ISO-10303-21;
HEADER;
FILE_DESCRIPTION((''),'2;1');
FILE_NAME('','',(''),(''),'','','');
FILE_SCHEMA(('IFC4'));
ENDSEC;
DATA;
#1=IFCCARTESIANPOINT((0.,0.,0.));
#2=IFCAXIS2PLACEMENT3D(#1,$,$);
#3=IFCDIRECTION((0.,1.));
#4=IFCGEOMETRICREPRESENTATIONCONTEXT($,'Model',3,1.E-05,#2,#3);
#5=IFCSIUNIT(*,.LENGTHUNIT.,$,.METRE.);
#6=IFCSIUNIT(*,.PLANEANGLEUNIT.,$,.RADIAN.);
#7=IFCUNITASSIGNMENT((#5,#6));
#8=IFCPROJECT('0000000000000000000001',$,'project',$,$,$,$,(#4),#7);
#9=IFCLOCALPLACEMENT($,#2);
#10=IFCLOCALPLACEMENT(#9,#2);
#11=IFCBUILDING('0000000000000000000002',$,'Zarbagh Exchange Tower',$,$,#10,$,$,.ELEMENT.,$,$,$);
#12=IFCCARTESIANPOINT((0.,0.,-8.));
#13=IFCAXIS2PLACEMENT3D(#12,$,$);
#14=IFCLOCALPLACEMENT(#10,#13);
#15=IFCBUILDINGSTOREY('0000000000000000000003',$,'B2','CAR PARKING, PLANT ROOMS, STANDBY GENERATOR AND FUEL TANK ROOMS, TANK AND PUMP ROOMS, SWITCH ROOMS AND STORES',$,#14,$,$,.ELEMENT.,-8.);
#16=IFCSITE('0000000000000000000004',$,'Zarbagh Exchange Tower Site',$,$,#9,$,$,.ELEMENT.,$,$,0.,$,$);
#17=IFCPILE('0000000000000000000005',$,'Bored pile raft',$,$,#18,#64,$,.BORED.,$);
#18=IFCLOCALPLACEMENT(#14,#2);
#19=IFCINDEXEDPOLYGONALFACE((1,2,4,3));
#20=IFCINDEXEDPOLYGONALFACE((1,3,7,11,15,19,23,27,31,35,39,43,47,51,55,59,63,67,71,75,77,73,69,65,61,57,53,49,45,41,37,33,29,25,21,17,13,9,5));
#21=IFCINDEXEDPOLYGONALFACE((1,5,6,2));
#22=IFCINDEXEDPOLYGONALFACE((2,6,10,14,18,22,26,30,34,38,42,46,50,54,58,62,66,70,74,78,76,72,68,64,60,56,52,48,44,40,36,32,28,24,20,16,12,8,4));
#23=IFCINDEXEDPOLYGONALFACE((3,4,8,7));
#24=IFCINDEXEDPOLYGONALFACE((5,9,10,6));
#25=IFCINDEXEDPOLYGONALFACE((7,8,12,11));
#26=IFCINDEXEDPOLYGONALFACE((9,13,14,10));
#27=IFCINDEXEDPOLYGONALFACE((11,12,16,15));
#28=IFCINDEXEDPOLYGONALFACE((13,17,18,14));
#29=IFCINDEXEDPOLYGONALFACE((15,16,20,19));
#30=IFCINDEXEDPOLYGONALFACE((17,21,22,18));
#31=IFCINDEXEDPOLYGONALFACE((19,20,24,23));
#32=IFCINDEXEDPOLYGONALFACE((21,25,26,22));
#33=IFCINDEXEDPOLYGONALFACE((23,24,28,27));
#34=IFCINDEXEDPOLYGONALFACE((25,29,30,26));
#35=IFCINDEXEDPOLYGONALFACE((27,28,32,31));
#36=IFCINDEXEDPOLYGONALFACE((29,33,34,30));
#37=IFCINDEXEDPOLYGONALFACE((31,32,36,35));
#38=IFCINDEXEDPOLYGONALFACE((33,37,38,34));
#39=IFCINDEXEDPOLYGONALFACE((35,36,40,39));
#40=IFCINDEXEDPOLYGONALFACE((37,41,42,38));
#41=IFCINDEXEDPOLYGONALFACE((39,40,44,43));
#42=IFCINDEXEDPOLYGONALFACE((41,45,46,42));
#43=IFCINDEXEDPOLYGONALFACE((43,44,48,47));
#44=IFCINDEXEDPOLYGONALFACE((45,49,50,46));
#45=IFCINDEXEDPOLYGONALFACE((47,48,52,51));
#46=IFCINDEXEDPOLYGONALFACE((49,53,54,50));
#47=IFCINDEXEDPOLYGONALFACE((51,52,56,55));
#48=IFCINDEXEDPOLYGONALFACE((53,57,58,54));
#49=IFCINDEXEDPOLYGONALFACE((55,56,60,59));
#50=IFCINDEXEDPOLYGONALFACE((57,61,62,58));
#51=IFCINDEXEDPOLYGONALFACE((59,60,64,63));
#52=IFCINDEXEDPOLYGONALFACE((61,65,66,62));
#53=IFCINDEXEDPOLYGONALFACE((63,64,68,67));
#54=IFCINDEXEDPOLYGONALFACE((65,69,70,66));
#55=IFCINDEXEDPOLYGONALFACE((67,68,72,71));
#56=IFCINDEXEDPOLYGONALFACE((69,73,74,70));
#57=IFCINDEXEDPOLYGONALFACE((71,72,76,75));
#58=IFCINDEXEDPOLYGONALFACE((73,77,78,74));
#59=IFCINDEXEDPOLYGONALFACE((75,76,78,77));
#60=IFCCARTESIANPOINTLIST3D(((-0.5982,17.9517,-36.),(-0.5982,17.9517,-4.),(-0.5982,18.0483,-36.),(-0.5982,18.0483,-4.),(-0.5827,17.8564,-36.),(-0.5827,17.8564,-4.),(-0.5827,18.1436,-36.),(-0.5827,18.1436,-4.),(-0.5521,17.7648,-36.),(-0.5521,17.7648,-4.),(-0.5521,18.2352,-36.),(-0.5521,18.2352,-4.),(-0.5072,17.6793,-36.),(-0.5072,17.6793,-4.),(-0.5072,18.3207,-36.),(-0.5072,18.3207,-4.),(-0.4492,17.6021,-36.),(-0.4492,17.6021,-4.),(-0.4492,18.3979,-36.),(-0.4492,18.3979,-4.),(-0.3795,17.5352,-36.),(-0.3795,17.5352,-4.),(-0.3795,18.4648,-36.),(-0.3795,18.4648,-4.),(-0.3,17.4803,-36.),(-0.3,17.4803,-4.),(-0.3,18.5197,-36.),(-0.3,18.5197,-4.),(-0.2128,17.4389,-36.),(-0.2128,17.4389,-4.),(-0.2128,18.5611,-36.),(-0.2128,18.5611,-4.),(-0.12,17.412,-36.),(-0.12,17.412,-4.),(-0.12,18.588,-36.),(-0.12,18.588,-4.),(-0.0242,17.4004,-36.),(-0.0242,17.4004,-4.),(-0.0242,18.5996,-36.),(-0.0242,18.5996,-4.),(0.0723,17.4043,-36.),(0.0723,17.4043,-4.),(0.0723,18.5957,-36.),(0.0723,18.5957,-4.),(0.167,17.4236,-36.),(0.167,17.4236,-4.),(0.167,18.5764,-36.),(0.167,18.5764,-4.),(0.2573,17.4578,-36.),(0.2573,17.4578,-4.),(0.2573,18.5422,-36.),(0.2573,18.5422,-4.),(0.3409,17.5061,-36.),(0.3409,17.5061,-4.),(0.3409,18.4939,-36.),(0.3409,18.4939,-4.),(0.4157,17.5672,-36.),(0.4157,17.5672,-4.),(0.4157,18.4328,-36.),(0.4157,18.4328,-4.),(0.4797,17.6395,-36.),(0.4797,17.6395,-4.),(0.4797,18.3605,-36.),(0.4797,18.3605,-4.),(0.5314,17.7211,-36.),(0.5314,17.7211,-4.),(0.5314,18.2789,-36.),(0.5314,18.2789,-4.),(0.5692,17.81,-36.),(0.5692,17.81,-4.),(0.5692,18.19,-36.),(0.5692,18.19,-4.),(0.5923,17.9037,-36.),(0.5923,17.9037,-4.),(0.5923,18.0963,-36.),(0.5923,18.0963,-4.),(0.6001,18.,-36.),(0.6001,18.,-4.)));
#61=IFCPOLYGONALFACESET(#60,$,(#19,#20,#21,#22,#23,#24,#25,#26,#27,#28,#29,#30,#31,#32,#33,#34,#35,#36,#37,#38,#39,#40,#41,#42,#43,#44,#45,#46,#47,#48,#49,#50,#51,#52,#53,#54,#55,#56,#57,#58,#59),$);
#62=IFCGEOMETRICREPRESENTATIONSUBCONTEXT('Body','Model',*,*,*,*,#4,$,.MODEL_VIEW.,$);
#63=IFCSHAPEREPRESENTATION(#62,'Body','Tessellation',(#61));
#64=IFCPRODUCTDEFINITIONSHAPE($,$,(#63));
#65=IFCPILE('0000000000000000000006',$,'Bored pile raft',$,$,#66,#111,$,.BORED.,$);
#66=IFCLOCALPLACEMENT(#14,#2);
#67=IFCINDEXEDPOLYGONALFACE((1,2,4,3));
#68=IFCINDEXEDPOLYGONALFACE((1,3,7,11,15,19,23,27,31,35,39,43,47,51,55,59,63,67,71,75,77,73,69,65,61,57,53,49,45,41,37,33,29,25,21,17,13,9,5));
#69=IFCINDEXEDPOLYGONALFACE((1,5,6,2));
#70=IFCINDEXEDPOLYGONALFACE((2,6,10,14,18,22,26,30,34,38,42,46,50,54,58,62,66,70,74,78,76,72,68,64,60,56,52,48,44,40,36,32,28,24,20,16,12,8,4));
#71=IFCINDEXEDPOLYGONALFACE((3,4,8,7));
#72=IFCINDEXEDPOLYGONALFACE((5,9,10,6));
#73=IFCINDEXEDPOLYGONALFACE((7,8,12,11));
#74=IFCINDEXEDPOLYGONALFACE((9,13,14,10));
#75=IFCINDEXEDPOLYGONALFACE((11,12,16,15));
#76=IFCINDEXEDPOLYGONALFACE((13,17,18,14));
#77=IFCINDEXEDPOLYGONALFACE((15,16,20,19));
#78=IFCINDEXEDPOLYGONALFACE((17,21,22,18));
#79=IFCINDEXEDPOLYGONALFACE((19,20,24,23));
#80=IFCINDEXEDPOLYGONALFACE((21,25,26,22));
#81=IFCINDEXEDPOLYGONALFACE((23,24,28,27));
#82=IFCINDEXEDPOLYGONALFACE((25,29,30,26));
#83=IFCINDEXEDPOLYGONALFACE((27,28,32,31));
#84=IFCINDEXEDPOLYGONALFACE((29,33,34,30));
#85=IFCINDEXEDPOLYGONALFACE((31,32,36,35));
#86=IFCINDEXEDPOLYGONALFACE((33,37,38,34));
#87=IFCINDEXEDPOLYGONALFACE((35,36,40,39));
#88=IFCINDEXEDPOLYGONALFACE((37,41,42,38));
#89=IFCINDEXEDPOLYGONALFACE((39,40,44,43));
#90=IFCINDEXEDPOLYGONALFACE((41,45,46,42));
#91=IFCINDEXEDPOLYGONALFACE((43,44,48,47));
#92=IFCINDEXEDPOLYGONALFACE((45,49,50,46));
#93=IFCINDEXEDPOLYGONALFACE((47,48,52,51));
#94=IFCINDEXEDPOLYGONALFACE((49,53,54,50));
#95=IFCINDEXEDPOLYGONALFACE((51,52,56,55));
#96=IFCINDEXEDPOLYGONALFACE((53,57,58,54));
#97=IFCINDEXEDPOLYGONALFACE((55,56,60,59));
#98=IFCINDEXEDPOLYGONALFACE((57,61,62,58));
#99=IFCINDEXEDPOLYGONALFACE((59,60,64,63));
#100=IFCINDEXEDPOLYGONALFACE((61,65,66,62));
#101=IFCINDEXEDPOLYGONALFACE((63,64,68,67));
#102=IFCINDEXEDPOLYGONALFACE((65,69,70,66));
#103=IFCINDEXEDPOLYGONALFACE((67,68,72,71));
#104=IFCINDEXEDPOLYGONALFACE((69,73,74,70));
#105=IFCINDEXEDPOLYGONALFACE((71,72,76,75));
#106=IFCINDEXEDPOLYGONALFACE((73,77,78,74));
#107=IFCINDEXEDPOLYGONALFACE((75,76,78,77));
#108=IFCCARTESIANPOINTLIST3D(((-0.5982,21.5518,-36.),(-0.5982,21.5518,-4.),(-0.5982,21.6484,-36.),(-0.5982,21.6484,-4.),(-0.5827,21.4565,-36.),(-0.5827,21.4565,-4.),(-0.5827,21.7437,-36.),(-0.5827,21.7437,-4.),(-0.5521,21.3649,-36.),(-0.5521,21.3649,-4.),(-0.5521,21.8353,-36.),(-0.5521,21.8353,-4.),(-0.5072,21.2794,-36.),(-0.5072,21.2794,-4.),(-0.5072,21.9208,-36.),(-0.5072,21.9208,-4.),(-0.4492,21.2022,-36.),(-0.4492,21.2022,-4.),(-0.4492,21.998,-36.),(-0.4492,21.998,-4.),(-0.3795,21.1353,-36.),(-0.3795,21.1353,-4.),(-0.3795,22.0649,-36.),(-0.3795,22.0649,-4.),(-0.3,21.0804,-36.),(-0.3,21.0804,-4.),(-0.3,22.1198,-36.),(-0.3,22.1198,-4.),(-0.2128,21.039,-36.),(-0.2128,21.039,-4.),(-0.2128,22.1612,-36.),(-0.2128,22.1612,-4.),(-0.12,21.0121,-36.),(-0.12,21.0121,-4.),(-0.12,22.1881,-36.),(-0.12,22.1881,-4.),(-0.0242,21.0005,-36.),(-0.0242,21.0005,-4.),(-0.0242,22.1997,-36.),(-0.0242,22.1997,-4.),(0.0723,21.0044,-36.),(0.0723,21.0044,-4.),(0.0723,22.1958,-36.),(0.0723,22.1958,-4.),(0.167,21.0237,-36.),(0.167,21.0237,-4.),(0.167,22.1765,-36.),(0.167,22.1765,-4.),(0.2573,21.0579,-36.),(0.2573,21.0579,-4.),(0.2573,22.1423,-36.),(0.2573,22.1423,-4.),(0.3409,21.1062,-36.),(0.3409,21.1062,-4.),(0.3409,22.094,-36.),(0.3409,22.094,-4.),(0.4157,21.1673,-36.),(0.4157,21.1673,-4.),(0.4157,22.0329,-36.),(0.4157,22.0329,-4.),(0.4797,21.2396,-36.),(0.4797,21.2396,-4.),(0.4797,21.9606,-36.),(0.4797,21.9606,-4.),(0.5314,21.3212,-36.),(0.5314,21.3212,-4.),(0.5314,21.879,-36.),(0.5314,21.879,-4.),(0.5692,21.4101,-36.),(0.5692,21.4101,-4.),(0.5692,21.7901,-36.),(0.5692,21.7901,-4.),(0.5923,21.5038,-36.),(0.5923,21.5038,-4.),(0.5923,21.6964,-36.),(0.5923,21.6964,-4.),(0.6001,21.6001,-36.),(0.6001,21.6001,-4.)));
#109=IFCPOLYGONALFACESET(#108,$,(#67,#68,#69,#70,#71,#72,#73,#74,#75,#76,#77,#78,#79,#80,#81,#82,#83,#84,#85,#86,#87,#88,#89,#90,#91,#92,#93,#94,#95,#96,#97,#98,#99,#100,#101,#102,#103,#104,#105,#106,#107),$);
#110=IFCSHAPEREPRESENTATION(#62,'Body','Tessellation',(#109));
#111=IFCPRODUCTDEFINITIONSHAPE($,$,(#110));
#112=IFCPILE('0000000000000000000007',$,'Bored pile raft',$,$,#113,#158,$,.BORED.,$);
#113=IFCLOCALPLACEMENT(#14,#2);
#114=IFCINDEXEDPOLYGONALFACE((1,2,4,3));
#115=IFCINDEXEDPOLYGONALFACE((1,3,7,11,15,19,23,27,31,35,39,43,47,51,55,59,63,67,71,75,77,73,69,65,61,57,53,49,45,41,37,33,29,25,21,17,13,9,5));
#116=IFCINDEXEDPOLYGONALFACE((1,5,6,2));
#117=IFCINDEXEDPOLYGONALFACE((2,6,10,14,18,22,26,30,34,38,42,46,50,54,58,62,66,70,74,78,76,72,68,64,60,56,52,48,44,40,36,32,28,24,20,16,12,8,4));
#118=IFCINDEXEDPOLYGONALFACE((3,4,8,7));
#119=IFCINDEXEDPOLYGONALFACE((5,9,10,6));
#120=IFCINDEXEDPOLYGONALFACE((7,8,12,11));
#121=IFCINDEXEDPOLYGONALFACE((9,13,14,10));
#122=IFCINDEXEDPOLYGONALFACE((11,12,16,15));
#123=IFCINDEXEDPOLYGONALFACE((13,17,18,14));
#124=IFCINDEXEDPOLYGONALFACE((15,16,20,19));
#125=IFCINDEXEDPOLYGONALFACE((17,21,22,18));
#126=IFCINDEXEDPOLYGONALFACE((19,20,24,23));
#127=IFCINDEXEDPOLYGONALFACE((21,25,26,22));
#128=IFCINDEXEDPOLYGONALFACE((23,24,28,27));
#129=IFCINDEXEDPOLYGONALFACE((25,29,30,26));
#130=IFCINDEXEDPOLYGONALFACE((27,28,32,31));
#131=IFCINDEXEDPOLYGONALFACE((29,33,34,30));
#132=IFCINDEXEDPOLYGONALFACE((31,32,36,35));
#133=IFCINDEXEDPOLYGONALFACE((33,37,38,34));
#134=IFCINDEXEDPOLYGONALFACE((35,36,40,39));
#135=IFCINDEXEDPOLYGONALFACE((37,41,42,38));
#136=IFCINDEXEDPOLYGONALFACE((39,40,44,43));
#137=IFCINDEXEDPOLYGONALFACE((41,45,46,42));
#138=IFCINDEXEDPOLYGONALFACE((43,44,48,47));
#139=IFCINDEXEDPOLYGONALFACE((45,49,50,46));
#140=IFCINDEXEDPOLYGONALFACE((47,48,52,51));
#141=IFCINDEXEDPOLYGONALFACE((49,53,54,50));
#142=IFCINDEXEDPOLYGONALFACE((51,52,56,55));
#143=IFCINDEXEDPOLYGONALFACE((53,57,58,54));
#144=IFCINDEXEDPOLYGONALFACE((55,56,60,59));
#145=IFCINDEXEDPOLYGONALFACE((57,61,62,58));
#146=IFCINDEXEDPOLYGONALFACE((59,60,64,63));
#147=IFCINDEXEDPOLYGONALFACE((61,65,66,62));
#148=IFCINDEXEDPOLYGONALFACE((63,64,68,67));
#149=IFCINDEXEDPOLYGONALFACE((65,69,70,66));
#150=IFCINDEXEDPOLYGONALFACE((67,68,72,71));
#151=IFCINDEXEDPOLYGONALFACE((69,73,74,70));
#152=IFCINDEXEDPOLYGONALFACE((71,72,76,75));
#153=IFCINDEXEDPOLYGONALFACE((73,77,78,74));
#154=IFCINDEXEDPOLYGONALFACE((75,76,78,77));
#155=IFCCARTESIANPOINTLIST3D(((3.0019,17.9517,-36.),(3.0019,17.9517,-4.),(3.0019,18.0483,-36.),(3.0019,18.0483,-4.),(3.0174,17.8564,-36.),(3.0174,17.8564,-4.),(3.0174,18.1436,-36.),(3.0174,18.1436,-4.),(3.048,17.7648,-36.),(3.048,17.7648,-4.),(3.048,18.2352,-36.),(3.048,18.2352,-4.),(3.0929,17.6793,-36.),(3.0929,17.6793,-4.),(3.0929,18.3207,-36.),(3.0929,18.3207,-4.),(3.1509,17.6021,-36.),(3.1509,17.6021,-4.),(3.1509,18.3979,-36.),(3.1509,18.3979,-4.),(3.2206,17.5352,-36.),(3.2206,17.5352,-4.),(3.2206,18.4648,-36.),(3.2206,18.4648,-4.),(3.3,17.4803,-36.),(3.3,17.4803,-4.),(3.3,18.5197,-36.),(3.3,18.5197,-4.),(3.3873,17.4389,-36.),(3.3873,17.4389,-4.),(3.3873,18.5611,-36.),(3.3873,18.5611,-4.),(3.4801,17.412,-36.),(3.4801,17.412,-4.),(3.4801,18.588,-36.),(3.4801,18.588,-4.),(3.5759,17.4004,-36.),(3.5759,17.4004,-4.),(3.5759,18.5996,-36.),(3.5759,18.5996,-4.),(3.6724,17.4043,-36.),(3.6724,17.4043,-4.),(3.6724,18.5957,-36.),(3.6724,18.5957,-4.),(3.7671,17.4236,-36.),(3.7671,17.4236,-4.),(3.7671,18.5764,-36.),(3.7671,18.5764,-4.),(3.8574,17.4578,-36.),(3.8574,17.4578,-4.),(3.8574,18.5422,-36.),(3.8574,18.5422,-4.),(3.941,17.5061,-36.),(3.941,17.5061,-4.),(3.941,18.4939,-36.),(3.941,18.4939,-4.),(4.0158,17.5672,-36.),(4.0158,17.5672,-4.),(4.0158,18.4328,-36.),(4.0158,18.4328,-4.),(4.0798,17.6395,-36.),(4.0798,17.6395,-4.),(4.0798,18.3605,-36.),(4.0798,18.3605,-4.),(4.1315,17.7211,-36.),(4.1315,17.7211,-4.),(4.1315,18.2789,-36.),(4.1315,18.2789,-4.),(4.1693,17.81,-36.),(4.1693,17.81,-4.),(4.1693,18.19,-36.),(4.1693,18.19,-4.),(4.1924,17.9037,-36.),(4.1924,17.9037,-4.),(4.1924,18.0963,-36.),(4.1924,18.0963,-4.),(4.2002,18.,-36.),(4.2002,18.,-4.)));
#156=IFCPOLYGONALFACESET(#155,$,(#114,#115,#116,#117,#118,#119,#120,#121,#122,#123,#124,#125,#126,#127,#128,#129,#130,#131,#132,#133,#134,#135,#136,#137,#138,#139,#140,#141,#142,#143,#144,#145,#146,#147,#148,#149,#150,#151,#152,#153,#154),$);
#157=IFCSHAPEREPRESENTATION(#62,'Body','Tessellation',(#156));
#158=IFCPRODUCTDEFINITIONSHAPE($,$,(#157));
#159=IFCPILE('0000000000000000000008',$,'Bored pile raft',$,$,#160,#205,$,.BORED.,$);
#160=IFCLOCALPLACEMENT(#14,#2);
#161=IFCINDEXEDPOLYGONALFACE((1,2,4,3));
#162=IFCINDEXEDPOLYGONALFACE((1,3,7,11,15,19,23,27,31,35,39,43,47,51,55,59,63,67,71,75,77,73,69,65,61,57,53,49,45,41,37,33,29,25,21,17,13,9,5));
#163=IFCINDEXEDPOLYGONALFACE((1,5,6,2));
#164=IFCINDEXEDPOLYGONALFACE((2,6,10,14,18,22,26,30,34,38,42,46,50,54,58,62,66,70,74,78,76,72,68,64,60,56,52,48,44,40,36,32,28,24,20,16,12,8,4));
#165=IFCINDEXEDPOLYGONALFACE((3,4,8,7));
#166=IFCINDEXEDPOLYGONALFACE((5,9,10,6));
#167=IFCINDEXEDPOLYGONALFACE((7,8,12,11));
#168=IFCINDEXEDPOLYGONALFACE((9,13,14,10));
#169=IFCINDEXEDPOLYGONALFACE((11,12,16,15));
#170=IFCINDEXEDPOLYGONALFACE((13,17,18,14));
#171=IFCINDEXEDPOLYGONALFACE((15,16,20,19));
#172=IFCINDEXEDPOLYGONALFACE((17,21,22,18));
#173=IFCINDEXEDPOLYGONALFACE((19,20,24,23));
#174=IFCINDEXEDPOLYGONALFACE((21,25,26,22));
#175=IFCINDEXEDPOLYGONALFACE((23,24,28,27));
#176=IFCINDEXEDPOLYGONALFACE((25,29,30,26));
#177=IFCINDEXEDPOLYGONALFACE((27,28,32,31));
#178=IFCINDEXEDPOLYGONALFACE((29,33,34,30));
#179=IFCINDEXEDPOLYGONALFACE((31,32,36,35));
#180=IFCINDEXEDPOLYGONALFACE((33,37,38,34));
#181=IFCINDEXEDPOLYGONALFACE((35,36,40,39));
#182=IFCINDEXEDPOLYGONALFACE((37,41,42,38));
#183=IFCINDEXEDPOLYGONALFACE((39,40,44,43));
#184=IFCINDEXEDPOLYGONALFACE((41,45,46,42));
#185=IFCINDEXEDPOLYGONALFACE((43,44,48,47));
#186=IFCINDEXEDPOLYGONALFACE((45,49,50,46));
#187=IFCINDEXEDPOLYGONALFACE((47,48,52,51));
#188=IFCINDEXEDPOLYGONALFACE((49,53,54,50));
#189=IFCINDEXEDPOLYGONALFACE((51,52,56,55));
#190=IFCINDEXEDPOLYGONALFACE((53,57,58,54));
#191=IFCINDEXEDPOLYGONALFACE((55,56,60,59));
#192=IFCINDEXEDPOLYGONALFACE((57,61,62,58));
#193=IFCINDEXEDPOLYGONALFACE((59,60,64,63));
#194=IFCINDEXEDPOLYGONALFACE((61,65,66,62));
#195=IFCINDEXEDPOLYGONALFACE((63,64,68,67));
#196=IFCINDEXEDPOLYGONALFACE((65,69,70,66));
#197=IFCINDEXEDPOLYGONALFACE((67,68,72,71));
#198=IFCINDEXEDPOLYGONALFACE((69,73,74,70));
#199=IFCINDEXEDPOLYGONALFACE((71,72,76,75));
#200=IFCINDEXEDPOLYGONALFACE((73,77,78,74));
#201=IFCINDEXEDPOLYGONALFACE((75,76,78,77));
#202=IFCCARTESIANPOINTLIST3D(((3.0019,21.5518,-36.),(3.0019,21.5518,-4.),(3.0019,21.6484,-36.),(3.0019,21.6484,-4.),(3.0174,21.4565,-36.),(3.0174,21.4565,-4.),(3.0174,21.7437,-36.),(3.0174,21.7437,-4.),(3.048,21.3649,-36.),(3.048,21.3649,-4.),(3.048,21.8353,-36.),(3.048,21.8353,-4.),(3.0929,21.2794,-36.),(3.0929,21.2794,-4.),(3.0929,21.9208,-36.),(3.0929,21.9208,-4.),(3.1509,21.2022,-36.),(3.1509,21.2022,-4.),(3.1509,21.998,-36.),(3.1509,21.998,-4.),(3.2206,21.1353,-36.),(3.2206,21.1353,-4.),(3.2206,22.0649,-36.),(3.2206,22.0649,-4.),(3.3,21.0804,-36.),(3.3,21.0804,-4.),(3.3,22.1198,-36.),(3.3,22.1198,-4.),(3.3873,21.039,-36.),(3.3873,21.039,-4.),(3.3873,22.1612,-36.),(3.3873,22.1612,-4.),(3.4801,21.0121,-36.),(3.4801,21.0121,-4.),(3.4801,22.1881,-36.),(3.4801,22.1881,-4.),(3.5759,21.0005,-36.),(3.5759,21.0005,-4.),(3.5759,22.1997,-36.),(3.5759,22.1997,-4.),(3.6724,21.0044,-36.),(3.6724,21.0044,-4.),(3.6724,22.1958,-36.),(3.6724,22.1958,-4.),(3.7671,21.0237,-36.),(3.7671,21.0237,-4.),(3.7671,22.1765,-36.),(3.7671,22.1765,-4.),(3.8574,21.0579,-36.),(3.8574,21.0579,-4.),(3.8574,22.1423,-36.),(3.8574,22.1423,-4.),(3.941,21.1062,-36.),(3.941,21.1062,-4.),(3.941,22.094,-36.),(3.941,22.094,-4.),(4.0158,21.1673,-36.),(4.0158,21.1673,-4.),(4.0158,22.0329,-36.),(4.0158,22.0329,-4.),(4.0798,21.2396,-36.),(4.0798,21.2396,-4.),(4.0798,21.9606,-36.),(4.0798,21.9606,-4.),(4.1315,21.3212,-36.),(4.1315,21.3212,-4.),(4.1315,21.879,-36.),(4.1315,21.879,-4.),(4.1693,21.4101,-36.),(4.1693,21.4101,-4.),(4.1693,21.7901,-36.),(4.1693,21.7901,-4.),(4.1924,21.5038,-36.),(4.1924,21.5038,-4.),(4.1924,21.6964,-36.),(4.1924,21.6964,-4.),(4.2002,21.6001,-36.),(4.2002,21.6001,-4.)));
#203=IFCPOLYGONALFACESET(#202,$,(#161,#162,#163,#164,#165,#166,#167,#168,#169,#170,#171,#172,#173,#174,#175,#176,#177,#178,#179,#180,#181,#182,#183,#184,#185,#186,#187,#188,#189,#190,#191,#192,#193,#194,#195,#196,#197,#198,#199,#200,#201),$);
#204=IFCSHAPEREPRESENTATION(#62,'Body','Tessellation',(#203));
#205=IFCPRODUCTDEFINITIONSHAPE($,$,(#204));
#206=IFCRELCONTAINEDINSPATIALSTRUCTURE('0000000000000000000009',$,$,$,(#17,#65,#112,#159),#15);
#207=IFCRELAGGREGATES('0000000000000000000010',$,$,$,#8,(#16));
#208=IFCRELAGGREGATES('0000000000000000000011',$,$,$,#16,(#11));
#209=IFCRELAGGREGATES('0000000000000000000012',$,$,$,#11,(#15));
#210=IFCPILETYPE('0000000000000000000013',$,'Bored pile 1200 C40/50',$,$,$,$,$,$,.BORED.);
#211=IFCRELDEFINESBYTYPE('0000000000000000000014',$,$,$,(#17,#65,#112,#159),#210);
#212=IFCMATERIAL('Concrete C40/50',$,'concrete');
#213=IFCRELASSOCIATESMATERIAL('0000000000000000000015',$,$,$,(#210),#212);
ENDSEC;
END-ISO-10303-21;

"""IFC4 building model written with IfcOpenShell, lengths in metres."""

from ifc_helpers import new_model, si_unit, direction, frame, origin, origin_2d, place, context, subcontext, project, spatial, circle, extrude, material, material_profile, profile_set, type_object, element, save


model = new_model("IFC4")

# Units and contexts
model_context = context("Model", 3, precision=1e-05, world=origin(), true_north=direction((0.0, 1.0)))
body_context = subcontext(model_context, "Body", "Model", "MODEL_VIEW")
ifc_project = project(units=[si_unit("LENGTHUNIT", "METRE"), si_unit("PLANEANGLEUNIT", "RADIAN")], contexts=[model_context])

# Site, building, storey
site_placement = place(None, origin())
site = spatial("IfcSite", under=ifc_project, at=site_placement, Name="Zarbagh Exchange Tower Site", CompositionType="ELEMENT", RefElevation=0.0)
building_placement = place(site_placement, origin())
building = spatial("IfcBuilding", under=site, at=building_placement, Name="Zarbagh Exchange Tower", CompositionType="ELEMENT")
storey_placement = place(building_placement, frame((0.0, 0.0, -8.0)))
storey = spatial("IfcBuildingStorey", under=building, at=storey_placement, Name="B2", Description="CAR PARKING, PLANT ROOMS, STANDBY GENERATOR AND FUEL TANK ROOMS, TANK AND PUMP ROOMS, SWITCH ROOMS AND STORES", CompositionType="ELEMENT", Elevation=-8.0)

# Piles
ifc_material_1 = material(Name="Concrete C40/50", Category="concrete")
ifc_material_profile_1 = material_profile(ifc_material_1, circle(Radius=0.6001, at=origin_2d()), Name="Bored pile 1200 C40/50")
ifc_profile_set_1 = profile_set([ifc_material_profile_1], Name="Concrete C40/50")
pile_type = type_object("IfcPileType", Name="Bored pile 1200 C40/50", PredefinedType="BORED", material=ifc_profile_set_1)
for number, where, z_axis, x_axis, name in (
    (1, (0.0, 18.0, -4.0), (0.0, 0.0, -1.0), (1.0, 0.0, 0.0), "Bored pile raft"),
    (2, (0.0, 21.6001, -4.0), (0.0, 0.0, -1.0), (1.0, 0.0, 0.0), "Bored pile raft"),
    (3, (3.6001, 18.0, -4.0), (0.0, 0.0, -1.0), (1.0, 0.0, 0.0), "Bored pile raft"),
    (4, (3.6001, 21.6001, -4.0), (0.0, 0.0, -1.0), (1.0, 0.0, 0.0), "Bored pile raft"),
):
    element("IfcPile", number, at=place(storey_placement, frame(where, z_axis=z_axis, x_axis=x_axis)), inside=storey, type_object=pile_type, Name=name, PredefinedType="BORED", context=body_context, shape_type="SweptSolid", body=[
        extrude(circle(Radius=0.6001, at=origin_2d()), origin(), (0.0, 0.0, 1.0), 32.0),
    ])

save(model, "model.ifc")
